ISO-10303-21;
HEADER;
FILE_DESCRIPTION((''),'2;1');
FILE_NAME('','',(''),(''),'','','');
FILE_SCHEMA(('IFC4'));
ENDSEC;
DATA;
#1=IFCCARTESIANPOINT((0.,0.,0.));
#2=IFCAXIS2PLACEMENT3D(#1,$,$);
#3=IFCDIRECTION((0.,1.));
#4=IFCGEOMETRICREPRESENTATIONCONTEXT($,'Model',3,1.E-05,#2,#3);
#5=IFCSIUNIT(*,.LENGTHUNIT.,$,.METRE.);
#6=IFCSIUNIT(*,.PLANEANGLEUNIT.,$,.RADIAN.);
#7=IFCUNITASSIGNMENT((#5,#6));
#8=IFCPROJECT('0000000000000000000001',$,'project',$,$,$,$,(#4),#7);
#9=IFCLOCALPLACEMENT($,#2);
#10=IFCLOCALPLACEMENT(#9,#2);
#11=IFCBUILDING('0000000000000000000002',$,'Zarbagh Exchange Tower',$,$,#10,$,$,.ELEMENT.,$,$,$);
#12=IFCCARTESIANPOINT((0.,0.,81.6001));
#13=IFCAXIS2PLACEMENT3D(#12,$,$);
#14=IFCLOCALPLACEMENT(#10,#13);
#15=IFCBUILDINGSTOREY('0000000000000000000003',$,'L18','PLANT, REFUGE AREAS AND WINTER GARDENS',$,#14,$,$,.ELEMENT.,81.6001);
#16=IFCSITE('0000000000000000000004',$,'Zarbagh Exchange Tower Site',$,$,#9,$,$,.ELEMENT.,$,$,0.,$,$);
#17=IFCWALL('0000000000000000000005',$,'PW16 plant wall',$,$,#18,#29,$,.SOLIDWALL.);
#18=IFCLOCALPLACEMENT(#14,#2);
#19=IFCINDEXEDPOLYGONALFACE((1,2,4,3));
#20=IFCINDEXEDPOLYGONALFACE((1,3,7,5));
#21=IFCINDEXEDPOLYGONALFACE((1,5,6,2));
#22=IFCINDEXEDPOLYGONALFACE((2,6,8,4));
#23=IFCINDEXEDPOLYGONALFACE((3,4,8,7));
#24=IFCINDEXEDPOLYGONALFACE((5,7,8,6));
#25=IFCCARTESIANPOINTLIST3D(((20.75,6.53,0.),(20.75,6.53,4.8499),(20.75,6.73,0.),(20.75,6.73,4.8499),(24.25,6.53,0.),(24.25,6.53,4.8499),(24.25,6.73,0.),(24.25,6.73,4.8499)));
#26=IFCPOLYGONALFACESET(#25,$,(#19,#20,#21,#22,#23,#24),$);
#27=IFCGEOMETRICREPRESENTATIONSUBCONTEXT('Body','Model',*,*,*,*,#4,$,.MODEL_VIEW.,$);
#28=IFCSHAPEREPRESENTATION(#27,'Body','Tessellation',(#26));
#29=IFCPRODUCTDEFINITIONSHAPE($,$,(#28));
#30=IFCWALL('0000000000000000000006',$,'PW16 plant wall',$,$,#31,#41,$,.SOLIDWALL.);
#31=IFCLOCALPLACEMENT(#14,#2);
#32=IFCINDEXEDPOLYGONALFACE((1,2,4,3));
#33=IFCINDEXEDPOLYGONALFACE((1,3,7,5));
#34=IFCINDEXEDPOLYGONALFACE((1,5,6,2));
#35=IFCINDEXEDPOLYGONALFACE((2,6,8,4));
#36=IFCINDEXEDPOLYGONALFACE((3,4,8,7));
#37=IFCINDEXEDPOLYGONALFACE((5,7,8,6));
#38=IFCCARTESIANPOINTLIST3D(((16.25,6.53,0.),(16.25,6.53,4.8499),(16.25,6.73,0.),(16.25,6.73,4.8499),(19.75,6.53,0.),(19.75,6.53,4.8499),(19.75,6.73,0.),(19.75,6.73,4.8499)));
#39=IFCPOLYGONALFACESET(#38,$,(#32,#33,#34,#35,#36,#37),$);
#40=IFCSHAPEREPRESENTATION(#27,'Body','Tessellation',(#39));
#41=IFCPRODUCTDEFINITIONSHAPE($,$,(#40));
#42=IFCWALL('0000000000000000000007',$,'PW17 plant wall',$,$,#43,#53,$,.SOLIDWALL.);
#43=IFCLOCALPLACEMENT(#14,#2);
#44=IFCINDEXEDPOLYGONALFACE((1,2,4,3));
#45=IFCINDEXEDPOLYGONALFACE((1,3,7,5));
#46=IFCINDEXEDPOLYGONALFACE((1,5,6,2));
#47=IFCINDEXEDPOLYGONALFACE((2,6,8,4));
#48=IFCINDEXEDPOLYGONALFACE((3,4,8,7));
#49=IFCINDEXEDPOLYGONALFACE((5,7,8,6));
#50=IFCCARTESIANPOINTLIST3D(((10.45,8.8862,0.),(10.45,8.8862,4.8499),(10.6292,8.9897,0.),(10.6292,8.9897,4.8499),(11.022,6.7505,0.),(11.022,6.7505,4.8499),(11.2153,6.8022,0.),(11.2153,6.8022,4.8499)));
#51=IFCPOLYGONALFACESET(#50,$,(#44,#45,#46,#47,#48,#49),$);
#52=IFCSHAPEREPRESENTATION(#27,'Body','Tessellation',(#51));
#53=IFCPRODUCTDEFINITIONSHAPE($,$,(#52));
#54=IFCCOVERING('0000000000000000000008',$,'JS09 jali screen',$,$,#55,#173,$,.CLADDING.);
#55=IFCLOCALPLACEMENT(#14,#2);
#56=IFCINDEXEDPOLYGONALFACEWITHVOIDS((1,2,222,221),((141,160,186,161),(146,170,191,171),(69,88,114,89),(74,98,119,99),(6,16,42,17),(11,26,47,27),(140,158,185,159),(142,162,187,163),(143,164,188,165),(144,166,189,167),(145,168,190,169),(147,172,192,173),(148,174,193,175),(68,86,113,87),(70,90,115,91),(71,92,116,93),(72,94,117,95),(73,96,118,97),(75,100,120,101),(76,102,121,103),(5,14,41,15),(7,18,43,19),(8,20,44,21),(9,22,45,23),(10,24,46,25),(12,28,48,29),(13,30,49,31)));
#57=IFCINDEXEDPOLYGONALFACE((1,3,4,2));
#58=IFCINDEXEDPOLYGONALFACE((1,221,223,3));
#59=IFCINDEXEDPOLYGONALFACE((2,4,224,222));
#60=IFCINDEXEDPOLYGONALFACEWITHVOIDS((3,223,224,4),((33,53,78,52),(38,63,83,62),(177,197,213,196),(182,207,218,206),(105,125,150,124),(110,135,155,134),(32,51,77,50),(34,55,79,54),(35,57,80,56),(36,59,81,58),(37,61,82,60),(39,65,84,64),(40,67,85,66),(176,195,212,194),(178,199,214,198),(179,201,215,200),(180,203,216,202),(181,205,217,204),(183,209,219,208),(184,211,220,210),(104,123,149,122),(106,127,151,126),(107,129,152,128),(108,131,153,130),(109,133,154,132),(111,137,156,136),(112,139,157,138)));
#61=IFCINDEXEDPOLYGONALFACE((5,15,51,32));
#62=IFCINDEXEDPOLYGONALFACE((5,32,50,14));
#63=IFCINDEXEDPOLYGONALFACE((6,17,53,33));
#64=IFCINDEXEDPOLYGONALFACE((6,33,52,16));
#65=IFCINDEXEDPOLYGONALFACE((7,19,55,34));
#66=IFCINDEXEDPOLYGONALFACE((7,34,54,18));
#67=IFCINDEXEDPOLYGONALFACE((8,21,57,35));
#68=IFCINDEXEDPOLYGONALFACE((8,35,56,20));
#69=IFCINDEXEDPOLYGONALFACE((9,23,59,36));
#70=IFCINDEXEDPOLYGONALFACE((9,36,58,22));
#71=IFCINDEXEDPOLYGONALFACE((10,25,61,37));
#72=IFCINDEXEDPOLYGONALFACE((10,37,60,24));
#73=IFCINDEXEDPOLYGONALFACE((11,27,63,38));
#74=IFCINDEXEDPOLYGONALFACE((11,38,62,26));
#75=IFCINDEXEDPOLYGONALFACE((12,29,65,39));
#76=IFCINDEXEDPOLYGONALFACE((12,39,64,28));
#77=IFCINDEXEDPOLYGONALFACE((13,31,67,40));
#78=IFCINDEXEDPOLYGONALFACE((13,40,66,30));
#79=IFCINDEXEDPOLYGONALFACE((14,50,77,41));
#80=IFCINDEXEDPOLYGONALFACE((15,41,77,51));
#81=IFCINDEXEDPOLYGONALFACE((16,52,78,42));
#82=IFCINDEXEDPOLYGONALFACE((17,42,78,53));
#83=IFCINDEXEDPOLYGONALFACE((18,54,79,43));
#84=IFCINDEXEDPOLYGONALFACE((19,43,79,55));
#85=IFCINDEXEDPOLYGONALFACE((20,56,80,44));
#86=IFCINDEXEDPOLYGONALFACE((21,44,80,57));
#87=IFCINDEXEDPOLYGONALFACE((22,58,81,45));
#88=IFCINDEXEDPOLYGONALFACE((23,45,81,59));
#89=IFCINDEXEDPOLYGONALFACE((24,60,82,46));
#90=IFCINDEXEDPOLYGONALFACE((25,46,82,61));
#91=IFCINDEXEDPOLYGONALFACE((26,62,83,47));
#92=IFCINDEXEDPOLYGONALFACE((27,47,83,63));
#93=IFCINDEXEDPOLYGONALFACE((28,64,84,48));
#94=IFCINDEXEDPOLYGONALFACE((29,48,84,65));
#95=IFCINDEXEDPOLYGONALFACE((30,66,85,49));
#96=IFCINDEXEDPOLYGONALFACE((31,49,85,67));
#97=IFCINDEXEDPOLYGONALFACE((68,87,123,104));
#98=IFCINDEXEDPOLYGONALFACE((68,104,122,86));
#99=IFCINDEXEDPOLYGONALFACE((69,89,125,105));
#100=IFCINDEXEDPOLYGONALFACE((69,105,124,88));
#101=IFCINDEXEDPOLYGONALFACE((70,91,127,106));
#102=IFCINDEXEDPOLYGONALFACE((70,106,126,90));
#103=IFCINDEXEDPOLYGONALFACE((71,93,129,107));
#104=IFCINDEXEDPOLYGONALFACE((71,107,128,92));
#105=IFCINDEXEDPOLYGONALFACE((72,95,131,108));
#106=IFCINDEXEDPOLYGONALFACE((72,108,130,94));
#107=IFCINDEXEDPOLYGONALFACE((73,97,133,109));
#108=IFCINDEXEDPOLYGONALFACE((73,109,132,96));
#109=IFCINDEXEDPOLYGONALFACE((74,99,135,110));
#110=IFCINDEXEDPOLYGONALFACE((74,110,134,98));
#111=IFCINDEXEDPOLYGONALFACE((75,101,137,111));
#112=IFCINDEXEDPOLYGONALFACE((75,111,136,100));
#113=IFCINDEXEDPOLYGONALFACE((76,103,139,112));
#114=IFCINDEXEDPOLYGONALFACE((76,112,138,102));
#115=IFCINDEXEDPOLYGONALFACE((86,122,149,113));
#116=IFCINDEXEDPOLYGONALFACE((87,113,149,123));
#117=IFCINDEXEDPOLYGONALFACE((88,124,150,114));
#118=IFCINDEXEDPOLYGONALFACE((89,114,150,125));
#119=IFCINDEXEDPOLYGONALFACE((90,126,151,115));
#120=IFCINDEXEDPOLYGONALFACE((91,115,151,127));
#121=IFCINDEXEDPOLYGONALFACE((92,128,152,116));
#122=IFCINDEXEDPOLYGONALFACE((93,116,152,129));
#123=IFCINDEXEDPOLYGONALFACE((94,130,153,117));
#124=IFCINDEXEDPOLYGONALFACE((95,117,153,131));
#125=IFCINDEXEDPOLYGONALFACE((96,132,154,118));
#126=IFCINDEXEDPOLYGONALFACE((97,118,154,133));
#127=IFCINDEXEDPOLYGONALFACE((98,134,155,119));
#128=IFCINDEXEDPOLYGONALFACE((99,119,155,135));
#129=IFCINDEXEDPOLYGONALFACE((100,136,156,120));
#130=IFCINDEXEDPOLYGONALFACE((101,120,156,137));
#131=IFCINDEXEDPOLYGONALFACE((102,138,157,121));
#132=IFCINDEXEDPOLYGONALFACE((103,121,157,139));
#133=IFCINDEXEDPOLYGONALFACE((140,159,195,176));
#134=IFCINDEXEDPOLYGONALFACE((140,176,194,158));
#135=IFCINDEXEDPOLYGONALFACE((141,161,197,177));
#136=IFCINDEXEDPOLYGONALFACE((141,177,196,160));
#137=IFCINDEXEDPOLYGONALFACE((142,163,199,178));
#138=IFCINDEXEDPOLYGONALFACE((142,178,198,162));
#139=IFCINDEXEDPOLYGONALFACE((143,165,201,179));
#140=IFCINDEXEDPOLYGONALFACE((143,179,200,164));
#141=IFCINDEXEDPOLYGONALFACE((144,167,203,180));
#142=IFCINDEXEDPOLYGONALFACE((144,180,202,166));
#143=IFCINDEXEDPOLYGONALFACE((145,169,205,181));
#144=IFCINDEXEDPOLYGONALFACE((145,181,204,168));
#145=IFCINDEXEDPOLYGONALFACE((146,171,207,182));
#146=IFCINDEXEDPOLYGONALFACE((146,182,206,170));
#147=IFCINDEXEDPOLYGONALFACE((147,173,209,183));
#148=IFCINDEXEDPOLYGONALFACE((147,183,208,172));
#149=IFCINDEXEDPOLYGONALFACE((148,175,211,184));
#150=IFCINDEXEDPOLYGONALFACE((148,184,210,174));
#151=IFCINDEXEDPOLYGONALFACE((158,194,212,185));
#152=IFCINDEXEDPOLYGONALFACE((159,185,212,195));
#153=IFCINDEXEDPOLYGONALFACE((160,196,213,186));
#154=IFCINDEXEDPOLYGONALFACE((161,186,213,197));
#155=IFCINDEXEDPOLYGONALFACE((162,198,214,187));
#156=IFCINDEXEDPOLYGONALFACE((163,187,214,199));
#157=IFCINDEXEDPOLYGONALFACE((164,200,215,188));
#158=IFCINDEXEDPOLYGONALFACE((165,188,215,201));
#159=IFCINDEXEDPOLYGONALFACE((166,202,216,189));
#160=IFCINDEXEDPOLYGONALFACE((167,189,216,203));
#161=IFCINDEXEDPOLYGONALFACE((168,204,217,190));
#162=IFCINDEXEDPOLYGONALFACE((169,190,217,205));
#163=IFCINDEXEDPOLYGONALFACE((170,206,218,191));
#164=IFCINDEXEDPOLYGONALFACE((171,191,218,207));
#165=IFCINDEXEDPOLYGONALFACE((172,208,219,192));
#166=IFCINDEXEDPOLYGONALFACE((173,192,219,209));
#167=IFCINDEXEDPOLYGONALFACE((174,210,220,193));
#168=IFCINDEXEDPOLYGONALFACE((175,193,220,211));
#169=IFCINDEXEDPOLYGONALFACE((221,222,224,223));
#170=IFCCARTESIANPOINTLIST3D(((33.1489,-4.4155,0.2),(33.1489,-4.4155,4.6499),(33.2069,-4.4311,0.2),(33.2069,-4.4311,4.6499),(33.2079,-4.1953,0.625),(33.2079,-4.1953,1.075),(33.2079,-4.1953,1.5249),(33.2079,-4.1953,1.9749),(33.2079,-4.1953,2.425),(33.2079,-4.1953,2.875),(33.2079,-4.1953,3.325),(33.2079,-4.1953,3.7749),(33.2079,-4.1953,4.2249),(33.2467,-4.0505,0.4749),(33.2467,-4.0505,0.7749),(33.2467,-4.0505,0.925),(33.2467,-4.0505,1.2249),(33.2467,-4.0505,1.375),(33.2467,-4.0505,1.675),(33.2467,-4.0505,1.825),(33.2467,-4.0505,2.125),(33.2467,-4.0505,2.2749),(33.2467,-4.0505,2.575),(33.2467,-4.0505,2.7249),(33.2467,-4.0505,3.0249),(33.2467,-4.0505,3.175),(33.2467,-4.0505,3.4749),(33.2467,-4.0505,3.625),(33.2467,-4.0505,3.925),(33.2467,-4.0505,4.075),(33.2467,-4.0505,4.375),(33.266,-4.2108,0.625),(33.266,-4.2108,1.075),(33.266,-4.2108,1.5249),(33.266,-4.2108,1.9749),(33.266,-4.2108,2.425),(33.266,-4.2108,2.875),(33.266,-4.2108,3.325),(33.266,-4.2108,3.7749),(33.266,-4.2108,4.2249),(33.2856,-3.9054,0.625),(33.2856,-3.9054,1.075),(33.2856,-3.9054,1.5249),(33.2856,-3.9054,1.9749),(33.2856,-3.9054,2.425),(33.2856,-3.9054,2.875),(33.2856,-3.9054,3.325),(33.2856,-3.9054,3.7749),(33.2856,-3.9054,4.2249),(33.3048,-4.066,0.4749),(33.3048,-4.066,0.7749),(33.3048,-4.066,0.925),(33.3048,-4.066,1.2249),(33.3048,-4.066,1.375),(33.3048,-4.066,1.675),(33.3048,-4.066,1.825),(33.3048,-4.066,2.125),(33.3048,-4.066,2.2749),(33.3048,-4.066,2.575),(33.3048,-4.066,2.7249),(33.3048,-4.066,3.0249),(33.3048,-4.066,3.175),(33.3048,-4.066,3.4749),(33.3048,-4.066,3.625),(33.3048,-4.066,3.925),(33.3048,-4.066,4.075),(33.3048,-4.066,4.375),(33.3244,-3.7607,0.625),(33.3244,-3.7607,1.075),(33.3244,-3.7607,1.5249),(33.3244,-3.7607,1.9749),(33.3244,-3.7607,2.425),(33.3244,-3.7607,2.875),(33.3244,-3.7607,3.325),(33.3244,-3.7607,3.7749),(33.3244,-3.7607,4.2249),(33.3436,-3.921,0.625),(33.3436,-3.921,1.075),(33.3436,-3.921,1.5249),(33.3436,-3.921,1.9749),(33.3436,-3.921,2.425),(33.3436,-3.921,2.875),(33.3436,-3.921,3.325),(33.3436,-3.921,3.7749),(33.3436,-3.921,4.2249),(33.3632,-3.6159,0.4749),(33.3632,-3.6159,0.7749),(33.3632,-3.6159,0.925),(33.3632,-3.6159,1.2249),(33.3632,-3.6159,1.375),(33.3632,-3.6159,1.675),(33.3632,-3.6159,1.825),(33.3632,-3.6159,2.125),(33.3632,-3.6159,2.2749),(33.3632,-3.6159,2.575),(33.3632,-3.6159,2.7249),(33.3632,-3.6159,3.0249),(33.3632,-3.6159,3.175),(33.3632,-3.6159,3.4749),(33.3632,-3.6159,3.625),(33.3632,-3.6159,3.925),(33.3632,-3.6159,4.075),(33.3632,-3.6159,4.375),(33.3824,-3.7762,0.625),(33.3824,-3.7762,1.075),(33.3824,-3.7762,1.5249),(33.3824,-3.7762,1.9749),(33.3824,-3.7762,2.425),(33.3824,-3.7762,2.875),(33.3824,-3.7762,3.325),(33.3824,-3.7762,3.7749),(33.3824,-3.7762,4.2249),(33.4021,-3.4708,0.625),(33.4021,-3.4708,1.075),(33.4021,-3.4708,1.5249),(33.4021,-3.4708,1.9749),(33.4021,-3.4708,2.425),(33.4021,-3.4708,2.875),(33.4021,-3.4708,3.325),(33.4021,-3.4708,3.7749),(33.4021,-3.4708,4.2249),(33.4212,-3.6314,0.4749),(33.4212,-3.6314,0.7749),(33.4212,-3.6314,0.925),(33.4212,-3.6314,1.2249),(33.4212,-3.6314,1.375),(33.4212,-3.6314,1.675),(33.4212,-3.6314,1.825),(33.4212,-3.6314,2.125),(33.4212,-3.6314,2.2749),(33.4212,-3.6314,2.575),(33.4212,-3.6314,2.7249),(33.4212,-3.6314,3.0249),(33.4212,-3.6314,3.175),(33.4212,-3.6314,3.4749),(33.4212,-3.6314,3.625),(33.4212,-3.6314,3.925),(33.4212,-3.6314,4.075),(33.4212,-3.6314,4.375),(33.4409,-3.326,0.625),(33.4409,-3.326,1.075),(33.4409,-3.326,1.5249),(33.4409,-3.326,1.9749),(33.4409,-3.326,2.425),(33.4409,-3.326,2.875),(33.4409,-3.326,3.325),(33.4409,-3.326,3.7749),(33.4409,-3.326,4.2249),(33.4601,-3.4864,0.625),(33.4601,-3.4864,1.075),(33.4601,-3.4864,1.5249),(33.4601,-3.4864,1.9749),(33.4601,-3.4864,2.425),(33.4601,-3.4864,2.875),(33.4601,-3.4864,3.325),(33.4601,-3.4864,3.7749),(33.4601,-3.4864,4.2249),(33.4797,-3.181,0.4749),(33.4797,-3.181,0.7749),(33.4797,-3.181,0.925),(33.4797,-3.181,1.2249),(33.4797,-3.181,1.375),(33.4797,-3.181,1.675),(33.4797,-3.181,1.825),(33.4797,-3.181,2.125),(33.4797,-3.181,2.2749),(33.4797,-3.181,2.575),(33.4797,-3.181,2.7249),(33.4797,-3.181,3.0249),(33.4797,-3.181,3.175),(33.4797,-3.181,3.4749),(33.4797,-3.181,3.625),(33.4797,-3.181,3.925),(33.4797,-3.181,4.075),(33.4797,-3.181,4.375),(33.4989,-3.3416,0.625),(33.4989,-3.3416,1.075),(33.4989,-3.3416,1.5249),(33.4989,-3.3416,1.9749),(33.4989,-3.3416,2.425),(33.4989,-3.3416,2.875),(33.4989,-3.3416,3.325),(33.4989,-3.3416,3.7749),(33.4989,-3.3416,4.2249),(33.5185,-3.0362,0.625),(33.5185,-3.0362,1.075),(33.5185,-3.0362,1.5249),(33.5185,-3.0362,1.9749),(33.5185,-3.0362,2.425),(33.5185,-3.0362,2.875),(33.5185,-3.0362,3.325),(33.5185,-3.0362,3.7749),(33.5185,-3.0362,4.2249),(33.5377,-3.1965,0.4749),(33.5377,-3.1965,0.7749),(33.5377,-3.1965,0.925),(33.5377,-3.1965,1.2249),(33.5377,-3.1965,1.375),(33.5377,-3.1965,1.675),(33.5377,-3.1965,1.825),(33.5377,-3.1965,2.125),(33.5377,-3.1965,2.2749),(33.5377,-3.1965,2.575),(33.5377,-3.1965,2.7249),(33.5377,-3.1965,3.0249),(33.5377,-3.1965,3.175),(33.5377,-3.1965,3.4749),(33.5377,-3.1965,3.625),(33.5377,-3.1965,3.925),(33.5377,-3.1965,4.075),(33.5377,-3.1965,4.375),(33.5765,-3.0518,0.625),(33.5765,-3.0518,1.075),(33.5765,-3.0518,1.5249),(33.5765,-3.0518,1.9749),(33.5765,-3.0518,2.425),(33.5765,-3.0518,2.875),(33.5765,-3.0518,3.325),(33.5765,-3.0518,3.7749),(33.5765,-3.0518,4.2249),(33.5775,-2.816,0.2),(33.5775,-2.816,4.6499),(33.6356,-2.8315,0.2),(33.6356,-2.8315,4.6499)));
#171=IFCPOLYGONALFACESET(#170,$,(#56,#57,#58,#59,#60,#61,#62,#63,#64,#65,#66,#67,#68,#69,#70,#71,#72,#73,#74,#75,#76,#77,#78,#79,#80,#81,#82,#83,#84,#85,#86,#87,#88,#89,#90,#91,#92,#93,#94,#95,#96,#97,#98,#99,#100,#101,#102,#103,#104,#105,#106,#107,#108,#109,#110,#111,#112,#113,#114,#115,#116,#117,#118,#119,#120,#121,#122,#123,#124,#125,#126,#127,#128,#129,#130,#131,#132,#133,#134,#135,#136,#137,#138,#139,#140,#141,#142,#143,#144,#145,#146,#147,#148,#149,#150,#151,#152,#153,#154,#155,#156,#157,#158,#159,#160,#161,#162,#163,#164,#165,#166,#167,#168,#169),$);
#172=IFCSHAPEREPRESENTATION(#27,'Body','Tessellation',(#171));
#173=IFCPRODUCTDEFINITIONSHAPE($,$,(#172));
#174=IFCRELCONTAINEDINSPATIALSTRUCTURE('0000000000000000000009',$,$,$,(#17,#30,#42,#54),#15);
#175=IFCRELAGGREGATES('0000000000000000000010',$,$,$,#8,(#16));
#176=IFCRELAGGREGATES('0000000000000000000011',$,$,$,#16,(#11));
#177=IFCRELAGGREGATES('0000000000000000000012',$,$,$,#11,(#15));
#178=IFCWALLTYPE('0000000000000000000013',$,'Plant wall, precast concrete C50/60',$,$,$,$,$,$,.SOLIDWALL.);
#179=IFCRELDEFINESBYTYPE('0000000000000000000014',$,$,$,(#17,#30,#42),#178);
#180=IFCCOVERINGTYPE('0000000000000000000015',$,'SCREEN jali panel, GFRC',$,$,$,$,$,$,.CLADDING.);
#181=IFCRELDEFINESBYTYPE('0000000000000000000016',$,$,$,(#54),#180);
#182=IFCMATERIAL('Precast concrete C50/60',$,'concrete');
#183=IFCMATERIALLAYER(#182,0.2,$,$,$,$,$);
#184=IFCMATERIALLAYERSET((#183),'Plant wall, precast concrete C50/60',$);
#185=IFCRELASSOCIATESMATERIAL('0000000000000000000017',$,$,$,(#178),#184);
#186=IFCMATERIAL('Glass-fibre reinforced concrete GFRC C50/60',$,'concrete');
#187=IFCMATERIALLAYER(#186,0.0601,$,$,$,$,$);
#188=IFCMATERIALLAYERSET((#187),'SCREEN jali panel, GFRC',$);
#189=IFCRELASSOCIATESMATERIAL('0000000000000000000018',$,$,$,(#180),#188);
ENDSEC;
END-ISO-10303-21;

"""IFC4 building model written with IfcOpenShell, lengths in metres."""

from ifc_helpers import new_model, si_unit, direction, frame, origin, place, context, subcontext, project, spatial, polyline, outline, extrude, source, transform, mapped, material, layer, layer_set, type_object, element, save


model = new_model("IFC4")

# Units and contexts
model_context = context("Model", 3, precision=1e-05, world=origin(), true_north=direction((0.0, 1.0)))
body_context = subcontext(model_context, "Body", "Model", "MODEL_VIEW")
ifc_project = project(units=[si_unit("LENGTHUNIT", "METRE"), si_unit("PLANEANGLEUNIT", "RADIAN")], contexts=[model_context])

# Site, building, storey
site_placement = place(None, origin())
site = spatial("IfcSite", under=ifc_project, at=site_placement, Name="Zarbagh Exchange Tower Site", CompositionType="ELEMENT", RefElevation=0.0)
building_placement = place(site_placement, origin())
building = spatial("IfcBuilding", under=site, at=building_placement, Name="Zarbagh Exchange Tower", CompositionType="ELEMENT")
storey_placement = place(building_placement, frame((0.0, 0.0, 81.6001)))
storey = spatial("IfcBuildingStorey", under=building, at=storey_placement, Name="L18", Description="PLANT, REFUGE AREAS AND WINTER GARDENS", CompositionType="ELEMENT", Elevation=81.6001)

# Walls
ifc_material_1 = material(Name="Precast concrete C50/60", Category="concrete")
ifc_layer_1 = layer(ifc_material_1, 0.2)
ifc_layer_set_1 = layer_set([ifc_layer_1], Name="Plant wall, precast concrete C50/60")
wall_type = type_object("IfcWallType", Name="Plant wall, precast concrete C50/60", PredefinedType="SOLIDWALL", material=ifc_layer_set_1)
wall_1_placement = place(storey_placement, origin())
element("IfcWall", 1, at=wall_1_placement, inside=storey, type_object=wall_type, Name="PW16 plant wall", PredefinedType="SOLIDWALL", context=body_context, shape_type="SweptSolid", body=[
    extrude(outline(polyline([(24.25, 6.73), (20.75, 6.73), (20.75, 6.53), (24.25, 6.53), (24.25, 6.73)])), origin(), (0.0, 0.0, 1.0), 4.8499),
])
wall_2_placement = place(storey_placement, origin())
element("IfcWall", 2, at=wall_2_placement, inside=storey, type_object=wall_type, Name="PW16 plant wall", PredefinedType="SOLIDWALL", context=body_context, shape_type="SweptSolid", body=[
    extrude(outline(polyline([(19.75, 6.73), (16.25, 6.73), (16.25, 6.53), (19.75, 6.53), (19.75, 6.73)])), origin(), (0.0, 0.0, 1.0), 4.8499),
])
wall_3_placement = place(storey_placement, origin())
element("IfcWall", 3, at=wall_3_placement, inside=storey, type_object=wall_type, Name="PW17 plant wall", PredefinedType="SOLIDWALL", context=body_context, shape_type="SweptSolid", body=[
    extrude(outline(polyline([(11.2153, 6.8022), (10.6292, 8.9897), (10.45, 8.8862), (11.022, 6.7505), (11.2153, 6.8022)])), origin(), (0.0, 0.0, 1.0), 4.8499),
])

# Covering
ifc_material_2 = material(Name="Glass-fibre reinforced concrete GFRC C50/60", Category="concrete")
ifc_layer_2 = layer(ifc_material_2, 0.0601)
ifc_layer_set_2 = layer_set([ifc_layer_2], Name="SCREEN jali panel, GFRC")
covering_type = type_object("IfcCoveringType", Name="SCREEN jali panel, GFRC", PredefinedType="CLADDING", material=ifc_layer_set_2)
shared_shape_1 = source(origin(), body_context, "Body", "SweptSolid", [
    extrude(outline(polyline([(0.0, 0.0), (1.656, 0.0), (1.656, 4.45), (0.0, 4.45), (0.0, 0.0)]), holes=[polyline([(0.228, 0.425), (0.3779, 0.2749), (0.5281, 0.425), (0.3779, 0.575), (0.228, 0.425)]), polyline([(0.228, 0.875), (0.3779, 0.7251), (0.5281, 0.875), (0.3779, 1.0249), (0.228, 0.875)]), polyline([(0.228, 1.325), (0.3779, 1.175), (0.5281, 1.325), (0.3779, 1.4751), (0.228, 1.325)]), polyline([(0.228, 1.7749), (0.3779, 1.625), (0.5281, 1.7749), (0.3779, 1.925), (0.228, 1.7749)]), polyline([(0.228, 2.2251), (0.3779, 2.075), (0.5281, 2.2251), (0.3779, 2.375), (0.228, 2.2251)]), polyline([(0.228, 2.675), (0.3779, 2.5249), (0.5281, 2.675), (0.3779, 2.825), (0.228, 2.675)]), polyline([(0.228, 3.125), (0.3779, 2.9751), (0.5281, 3.125), (0.3779, 3.2749), (0.228, 3.125)]), polyline([(0.228, 3.575), (0.3779, 3.425), (0.5281, 3.575), (0.3779, 3.7251), (0.228, 3.575)]), polyline([(0.228, 4.0249), (0.3779, 3.875), (0.5281, 4.0249), (0.3779, 4.175), (0.228, 4.0249)]), polyline([(0.678, 0.425), (0.8279, 0.2749), (0.978, 0.425), (0.8279, 0.575), (0.678, 0.425)]), polyline([(0.678, 0.875), (0.8279, 0.7251), (0.978, 0.875), (0.8279, 1.0249), (0.678, 0.875)]), polyline([(0.678, 1.325), (0.8279, 1.175), (0.978, 1.325), (0.8279, 1.4751), (0.678, 1.325)]), polyline([(0.678, 1.7749), (0.8279, 1.625), (0.978, 1.7749), (0.8279, 1.925), (0.678, 1.7749)]), polyline([(0.678, 2.2251), (0.8279, 2.075), (0.978, 2.2251), (0.8279, 2.375), (0.678, 2.2251)]), polyline([(0.678, 2.675), (0.8279, 2.5249), (0.978, 2.675), (0.8279, 2.825), (0.678, 2.675)]), polyline([(0.678, 3.125), (0.8279, 2.9751), (0.978, 3.125), (0.8279, 3.2749), (0.678, 3.125)]), polyline([(0.678, 3.575), (0.8279, 3.425), (0.978, 3.575), (0.8279, 3.7251), (0.678, 3.575)]), polyline([(0.678, 4.0249), (0.8279, 3.875), (0.978, 4.0249), (0.8279, 4.175), (0.678, 4.0249)]), polyline([(1.1279, 0.425), (1.2781, 0.2749), (1.428, 0.425), (1.2781, 0.575), (1.1279, 0.425)]), polyline([(1.1279, 0.875), (1.2781, 0.7251), (1.428, 0.875), (1.2781, 1.0249), (1.1279, 0.875)]), polyline([(1.1279, 1.325), (1.2781, 1.175), (1.428, 1.325), (1.2781, 1.4751), (1.1279, 1.325)]), polyline([(1.1279, 1.7749), (1.2781, 1.625), (1.428, 1.7749), (1.2781, 1.925), (1.1279, 1.7749)]), polyline([(1.1279, 2.2251), (1.2781, 2.075), (1.428, 2.2251), (1.2781, 2.375), (1.1279, 2.2251)]), polyline([(1.1279, 2.675), (1.2781, 2.5249), (1.428, 2.675), (1.2781, 2.825), (1.1279, 2.675)]), polyline([(1.1279, 3.125), (1.2781, 2.9751), (1.428, 3.125), (1.2781, 3.2749), (1.1279, 3.125)]), polyline([(1.1279, 3.575), (1.2781, 3.425), (1.428, 3.575), (1.2781, 3.7251), (1.1279, 3.575)]), polyline([(1.1279, 4.0249), (1.2781, 3.875), (1.428, 4.0249), (1.2781, 4.175), (1.1279, 4.0249)])]), origin(), (0.0, 0.0, 1.0), 0.0601),
])
placement = place(storey_placement, origin())
element("IfcCovering", 4, at=placement, inside=storey, type_object=covering_type, Name="JS09 jali screen", PredefinedType="CLADDING", context=body_context, shape_type="MappedRepresentation", body=[
    mapped(shared_shape_1, transform((33.1489, -4.4155, 0.2), x_axis=(0.258825, 0.965924, 0.0), y_axis=(0.0, 0.0, 1.0), z_axis=(0.965924, -0.258825, 0.0))),
])

save(model, "model.ifc")
